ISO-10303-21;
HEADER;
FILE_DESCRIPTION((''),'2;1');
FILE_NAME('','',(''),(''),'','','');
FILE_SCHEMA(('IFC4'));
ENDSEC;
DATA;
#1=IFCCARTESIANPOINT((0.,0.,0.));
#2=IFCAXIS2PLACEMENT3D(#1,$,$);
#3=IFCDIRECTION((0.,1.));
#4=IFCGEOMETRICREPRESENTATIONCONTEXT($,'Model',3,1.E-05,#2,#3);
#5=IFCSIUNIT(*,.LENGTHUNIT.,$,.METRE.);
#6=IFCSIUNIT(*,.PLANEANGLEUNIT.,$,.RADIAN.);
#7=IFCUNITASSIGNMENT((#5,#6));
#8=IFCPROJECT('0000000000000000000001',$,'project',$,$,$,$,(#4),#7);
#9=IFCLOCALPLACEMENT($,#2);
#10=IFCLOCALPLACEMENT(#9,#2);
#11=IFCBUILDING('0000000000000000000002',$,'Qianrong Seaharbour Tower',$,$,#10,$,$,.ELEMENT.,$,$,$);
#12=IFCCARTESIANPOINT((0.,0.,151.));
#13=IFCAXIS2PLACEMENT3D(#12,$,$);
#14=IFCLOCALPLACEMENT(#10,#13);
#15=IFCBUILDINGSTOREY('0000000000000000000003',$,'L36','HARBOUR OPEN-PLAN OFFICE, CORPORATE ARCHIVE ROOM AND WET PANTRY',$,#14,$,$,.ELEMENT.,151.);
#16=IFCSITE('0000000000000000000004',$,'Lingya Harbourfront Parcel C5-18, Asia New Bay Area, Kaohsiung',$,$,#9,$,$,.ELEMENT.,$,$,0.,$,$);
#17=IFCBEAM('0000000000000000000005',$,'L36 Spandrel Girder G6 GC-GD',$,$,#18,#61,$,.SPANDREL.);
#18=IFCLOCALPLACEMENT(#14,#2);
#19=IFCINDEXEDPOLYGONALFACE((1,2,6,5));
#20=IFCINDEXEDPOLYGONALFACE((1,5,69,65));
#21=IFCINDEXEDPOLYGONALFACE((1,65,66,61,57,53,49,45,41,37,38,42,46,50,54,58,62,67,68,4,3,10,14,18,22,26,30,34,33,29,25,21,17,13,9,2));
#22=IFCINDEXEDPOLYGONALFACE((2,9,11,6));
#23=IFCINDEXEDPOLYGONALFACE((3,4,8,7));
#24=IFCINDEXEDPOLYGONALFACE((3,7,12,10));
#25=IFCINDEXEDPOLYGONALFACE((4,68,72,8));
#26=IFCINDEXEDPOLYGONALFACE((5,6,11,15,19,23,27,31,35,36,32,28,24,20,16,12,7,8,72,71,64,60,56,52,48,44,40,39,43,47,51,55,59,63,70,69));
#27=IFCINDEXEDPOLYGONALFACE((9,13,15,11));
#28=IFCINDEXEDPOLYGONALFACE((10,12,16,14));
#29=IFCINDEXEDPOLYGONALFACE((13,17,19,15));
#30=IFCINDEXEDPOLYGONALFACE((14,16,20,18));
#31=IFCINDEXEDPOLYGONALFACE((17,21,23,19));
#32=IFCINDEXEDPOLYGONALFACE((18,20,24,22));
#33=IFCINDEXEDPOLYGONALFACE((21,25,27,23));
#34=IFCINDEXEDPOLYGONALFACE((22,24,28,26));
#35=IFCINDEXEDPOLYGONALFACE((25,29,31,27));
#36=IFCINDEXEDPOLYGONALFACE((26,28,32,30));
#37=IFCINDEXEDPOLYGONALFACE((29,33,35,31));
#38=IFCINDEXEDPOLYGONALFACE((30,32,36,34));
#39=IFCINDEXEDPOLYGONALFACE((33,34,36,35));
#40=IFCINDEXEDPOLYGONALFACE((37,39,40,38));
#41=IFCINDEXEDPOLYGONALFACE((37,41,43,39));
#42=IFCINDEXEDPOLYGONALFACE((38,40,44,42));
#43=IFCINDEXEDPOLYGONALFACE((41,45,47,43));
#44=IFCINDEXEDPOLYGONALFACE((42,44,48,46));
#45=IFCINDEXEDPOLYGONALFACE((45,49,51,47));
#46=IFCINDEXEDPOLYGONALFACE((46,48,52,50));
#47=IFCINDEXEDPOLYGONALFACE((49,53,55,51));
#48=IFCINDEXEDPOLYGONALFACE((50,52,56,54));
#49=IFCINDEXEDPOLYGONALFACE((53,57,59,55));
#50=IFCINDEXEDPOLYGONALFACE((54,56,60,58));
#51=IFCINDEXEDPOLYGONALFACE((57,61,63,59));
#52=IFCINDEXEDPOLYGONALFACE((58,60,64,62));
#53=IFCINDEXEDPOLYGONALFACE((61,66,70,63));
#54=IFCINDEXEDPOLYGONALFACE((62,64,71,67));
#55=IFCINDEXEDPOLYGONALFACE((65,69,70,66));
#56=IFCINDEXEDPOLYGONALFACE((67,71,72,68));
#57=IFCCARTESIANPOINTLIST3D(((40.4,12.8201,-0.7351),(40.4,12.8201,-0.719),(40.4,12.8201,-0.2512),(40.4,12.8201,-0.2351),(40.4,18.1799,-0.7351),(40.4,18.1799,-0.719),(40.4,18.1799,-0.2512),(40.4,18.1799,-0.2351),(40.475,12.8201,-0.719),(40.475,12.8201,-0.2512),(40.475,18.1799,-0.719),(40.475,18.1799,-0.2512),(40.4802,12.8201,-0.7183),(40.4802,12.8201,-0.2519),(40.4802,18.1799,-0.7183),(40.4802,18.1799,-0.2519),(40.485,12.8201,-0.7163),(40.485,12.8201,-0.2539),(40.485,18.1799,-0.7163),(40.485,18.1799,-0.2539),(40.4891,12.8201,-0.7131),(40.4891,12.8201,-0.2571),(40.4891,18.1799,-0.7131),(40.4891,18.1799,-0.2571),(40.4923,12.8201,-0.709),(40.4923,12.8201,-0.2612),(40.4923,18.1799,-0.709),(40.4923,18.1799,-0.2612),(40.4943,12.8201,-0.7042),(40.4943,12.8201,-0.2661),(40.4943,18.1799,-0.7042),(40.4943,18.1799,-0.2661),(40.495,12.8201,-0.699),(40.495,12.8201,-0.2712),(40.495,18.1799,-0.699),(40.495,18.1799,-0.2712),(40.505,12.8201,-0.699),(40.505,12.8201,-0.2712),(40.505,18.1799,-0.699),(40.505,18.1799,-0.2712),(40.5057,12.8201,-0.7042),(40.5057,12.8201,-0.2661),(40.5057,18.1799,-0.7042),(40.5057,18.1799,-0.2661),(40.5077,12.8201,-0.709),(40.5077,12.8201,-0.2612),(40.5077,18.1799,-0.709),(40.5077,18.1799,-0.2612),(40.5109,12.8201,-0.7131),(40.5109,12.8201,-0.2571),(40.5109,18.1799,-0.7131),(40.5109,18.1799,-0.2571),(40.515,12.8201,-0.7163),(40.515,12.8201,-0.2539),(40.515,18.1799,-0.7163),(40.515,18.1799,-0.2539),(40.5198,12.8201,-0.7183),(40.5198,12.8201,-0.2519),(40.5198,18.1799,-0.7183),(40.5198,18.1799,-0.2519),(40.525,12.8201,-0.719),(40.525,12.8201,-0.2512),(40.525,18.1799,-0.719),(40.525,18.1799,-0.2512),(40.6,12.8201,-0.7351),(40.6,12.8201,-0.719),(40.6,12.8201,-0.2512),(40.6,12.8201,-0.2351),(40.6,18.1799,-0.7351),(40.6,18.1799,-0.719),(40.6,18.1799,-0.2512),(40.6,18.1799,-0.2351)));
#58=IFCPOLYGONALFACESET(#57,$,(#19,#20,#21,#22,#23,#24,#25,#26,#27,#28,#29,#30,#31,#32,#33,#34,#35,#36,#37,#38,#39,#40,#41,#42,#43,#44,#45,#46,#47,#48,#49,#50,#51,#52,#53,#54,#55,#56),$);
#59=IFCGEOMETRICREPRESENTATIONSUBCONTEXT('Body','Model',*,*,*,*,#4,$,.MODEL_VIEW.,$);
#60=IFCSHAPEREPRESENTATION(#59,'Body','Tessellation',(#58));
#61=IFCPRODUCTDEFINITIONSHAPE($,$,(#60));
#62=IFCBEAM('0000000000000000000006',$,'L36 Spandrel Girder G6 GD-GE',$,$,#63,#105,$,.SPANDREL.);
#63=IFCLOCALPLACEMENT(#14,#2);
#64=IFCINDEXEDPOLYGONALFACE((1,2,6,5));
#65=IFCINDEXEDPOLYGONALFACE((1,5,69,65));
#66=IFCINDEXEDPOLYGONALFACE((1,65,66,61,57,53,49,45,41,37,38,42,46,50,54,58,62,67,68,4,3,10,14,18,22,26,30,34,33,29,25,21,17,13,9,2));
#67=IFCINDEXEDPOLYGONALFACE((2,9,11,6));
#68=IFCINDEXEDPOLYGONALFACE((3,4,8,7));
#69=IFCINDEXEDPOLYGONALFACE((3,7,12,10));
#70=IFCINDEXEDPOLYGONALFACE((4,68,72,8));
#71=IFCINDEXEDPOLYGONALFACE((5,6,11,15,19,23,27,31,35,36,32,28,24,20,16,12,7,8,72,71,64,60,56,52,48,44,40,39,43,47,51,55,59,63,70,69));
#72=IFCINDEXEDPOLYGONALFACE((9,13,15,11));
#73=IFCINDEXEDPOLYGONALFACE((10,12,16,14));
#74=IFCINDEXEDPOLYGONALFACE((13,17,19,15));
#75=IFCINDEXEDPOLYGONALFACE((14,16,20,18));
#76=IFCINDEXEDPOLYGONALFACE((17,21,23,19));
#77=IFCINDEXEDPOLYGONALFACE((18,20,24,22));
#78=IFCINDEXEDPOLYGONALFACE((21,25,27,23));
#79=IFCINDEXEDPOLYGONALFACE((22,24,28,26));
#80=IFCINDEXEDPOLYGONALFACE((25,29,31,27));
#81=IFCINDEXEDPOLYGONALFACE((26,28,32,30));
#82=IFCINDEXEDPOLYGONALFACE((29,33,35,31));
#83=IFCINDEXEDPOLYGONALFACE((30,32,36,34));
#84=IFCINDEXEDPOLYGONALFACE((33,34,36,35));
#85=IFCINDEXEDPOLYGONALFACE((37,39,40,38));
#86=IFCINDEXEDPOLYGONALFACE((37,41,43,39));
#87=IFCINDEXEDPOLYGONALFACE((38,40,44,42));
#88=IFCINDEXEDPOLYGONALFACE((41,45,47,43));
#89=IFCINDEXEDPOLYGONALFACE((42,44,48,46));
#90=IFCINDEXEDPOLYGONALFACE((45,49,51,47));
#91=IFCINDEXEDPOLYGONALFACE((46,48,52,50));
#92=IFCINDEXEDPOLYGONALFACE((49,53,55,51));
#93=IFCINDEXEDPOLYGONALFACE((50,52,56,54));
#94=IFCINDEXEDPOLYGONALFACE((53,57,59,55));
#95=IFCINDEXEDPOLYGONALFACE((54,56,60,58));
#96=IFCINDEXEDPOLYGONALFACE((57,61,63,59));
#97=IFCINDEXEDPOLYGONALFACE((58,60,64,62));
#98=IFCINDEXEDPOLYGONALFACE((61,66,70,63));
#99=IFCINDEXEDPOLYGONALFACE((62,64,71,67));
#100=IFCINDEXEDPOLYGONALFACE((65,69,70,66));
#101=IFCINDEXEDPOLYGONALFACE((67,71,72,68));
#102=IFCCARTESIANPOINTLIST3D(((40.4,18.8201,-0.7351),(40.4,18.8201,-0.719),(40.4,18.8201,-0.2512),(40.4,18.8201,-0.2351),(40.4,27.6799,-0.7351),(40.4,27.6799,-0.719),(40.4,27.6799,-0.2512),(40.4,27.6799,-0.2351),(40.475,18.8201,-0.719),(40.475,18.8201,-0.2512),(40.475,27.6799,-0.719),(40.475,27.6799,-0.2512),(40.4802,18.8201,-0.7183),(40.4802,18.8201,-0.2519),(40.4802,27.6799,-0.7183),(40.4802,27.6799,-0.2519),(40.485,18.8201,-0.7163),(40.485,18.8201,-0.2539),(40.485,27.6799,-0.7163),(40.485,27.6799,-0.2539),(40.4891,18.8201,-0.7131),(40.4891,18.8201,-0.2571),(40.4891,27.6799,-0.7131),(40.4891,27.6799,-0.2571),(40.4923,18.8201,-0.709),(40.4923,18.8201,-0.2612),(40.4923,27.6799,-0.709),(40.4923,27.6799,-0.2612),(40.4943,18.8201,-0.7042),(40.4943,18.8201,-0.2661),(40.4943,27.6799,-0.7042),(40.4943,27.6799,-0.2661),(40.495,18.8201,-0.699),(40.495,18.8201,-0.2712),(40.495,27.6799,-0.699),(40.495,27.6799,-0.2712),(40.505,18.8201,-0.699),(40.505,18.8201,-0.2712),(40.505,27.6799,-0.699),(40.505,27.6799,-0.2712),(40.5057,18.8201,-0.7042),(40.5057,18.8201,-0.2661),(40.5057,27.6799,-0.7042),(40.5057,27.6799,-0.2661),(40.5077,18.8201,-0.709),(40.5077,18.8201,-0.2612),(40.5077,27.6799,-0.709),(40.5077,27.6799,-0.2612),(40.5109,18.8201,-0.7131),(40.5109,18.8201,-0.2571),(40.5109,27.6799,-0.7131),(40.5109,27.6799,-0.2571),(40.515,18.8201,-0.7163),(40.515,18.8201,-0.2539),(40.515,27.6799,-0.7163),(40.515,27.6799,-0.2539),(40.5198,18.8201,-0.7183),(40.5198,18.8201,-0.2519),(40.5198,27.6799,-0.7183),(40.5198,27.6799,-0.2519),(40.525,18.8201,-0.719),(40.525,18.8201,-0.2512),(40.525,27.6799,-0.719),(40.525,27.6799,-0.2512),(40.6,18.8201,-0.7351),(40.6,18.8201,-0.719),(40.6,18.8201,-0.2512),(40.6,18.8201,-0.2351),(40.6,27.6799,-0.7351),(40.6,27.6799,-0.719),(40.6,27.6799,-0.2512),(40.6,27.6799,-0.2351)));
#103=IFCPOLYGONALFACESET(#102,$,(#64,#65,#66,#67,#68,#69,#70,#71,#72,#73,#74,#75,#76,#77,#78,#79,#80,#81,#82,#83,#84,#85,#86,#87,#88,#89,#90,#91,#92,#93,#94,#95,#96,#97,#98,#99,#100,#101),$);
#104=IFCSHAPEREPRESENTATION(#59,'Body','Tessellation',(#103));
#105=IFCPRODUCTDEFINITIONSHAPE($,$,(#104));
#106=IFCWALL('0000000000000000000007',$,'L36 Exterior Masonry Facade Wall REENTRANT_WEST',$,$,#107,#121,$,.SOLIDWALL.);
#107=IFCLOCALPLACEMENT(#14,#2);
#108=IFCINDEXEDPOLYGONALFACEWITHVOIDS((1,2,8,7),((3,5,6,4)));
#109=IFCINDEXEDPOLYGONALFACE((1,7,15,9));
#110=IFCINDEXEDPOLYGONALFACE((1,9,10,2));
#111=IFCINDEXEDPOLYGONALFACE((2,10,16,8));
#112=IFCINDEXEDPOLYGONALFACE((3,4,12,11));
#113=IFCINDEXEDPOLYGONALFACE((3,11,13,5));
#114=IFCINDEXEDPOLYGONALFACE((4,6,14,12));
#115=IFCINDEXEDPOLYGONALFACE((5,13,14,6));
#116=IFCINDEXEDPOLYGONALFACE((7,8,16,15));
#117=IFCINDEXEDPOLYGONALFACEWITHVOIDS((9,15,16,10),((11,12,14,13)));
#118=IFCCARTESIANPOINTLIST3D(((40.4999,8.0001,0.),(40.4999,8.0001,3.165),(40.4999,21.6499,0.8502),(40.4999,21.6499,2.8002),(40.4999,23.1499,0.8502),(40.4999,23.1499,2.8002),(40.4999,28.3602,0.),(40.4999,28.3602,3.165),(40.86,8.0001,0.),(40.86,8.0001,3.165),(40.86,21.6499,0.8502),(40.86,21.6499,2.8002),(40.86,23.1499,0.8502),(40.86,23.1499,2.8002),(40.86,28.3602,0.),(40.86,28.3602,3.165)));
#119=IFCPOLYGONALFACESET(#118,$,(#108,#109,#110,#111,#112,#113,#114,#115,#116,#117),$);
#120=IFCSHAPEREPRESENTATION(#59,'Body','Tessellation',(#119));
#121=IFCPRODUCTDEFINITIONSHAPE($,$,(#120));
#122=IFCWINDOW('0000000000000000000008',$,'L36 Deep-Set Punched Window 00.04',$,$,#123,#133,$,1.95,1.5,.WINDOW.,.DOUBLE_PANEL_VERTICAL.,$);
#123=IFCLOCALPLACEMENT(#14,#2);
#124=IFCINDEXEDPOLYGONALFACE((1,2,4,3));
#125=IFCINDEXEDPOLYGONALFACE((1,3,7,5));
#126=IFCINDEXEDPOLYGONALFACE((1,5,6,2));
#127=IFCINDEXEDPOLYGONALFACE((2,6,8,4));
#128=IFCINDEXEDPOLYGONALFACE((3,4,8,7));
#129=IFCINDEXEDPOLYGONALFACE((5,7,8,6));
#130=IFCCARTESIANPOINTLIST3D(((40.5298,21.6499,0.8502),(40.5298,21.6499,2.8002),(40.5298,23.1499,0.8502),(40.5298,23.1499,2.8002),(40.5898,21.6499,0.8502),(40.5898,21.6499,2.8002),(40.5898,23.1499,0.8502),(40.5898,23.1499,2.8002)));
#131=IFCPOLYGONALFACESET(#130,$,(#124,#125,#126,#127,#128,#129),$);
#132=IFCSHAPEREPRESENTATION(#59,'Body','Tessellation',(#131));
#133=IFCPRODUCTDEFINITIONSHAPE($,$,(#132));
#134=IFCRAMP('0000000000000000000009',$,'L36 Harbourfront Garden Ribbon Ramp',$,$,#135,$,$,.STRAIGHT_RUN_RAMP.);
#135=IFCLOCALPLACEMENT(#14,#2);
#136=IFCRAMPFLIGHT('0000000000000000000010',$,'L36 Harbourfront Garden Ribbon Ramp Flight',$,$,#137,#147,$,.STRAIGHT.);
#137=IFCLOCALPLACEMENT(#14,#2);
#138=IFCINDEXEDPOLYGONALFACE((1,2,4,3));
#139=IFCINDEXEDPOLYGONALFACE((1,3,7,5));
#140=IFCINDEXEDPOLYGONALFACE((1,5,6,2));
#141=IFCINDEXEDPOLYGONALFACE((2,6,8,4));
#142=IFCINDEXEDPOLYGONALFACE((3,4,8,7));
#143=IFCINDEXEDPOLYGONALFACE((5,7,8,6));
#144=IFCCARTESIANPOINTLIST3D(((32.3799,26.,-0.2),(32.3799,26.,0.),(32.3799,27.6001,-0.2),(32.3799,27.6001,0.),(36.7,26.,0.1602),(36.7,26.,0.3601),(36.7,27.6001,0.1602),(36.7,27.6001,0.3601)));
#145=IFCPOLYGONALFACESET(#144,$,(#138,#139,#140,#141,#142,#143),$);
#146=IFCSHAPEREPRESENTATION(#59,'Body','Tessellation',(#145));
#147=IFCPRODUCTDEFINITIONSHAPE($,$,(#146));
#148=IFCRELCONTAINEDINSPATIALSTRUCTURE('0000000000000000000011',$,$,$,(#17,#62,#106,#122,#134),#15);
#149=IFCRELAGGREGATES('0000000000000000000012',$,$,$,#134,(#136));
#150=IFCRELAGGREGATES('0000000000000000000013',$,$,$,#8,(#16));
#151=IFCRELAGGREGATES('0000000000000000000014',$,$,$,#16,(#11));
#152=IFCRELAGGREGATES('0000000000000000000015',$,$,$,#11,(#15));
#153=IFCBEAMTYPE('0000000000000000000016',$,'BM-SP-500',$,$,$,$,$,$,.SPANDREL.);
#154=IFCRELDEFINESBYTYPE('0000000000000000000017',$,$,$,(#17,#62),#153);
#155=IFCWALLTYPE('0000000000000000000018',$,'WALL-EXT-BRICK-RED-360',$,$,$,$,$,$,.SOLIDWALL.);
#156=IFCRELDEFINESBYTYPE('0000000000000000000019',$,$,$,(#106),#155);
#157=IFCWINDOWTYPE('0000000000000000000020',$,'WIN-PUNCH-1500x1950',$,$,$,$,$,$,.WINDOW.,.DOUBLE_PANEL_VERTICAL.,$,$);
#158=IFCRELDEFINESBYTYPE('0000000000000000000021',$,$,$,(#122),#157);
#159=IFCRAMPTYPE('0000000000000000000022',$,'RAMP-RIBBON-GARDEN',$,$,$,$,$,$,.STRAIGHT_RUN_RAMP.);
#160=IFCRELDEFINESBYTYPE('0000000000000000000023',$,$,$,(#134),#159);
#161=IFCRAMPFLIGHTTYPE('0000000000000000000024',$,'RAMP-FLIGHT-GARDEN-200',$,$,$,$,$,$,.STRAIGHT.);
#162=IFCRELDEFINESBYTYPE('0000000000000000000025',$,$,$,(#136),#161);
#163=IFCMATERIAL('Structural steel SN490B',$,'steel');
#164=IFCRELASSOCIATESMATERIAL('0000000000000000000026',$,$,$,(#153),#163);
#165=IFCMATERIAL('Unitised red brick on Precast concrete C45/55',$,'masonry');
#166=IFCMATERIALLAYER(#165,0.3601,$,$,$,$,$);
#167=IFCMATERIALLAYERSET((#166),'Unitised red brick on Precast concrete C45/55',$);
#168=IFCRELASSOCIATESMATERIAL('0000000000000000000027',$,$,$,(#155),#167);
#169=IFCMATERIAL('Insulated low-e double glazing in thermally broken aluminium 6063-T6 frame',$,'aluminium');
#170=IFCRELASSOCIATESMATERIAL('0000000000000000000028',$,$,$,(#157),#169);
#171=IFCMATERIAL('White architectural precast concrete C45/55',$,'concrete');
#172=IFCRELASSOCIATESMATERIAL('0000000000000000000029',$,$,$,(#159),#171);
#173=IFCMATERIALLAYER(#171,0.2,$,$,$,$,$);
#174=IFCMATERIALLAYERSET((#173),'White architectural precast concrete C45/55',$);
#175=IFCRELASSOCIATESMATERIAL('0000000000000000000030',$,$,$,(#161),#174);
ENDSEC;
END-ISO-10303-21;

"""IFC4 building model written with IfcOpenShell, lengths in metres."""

from ifc_helpers import new_model, si_unit, direction, frame, frame_2d, origin, origin_2d, place, context, subcontext, project, spatial, polyline, rectangle, i_section, outline, extrude, material, layer, layer_set, material_profile, profile_set, type_object, element, fill, aggregate, save


model = new_model("IFC4")

# Units and contexts
model_context = context("Model", 3, precision=1e-05, world=origin(), true_north=direction((0.0, 1.0)))
body_context = subcontext(model_context, "Body", "Model", "MODEL_VIEW")
ifc_project = project(units=[si_unit("LENGTHUNIT", "METRE"), si_unit("PLANEANGLEUNIT", "RADIAN")], contexts=[model_context])

# Site, building, storey
site_placement = place(None, origin())
site = spatial("IfcSite", under=ifc_project, at=site_placement, Name="Lingya Harbourfront Parcel C5-18, Asia New Bay Area, Kaohsiung", CompositionType="ELEMENT", RefElevation=0.0)
building_placement = place(site_placement, origin())
building = spatial("IfcBuilding", under=site, at=building_placement, Name="Qianrong Seaharbour Tower", CompositionType="ELEMENT")
storey_placement = place(building_placement, frame((0.0, 0.0, 151.0)))
storey = spatial("IfcBuildingStorey", under=building, at=storey_placement, Name="L36", Description="HARBOUR OPEN-PLAN OFFICE, CORPORATE ARCHIVE ROOM AND WET PANTRY", CompositionType="ELEMENT", Elevation=151.0)

# Shared definitions
ifc_material_1 = material(Name="Structural steel SN490B", Category="steel")

# Beams
ifc_material_profile_1 = material_profile(ifc_material_1, i_section(OverallWidth=0.2, OverallDepth=0.5, WebThickness=0.01, FlangeThickness=0.0161, FilletRadius=0.02, at=origin_2d()), Name="H500x200x10x16")
ifc_profile_set_1 = profile_set([ifc_material_profile_1], Name="Structural steel SN490B")
beam_type_1 = type_object("IfcBeamType", Name="BM-SP-500", PredefinedType="SPANDREL", material=ifc_profile_set_1)
beam_1_placement = place(storey_placement, frame((40.5, 12.8201, -0.4851), z_axis=(0.0, 1.0, 0.0), x_axis=(-1.0, 0.0, 0.0)))
element("IfcBeam", 1, at=beam_1_placement, inside=storey, type_object=beam_type_1, Name="L36 Spandrel Girder G6 GC-GD", PredefinedType="SPANDREL", context=body_context, shape_type="SweptSolid", body=[
    extrude(i_section(OverallWidth=0.2, OverallDepth=0.5, WebThickness=0.01, FlangeThickness=0.0161, FilletRadius=0.02, at=origin_2d()), origin(), (0.0, 0.0, 1.0), 5.3599),
])
beam_2_placement = place(storey_placement, frame((40.5, 18.8201, -0.4851), z_axis=(0.0, 1.0, 0.0), x_axis=(-1.0, 0.0, 0.0)))
element("IfcBeam", 2, at=beam_2_placement, inside=storey, type_object=beam_type_1, Name="L36 Spandrel Girder G6 GD-GE", PredefinedType="SPANDREL", context=body_context, shape_type="SweptSolid", body=[
    extrude(i_section(OverallWidth=0.2, OverallDepth=0.5, WebThickness=0.01, FlangeThickness=0.0161, FilletRadius=0.02, at=origin_2d()), origin(), (0.0, 0.0, 1.0), 8.8599),
])

# Wall, opening, window
ifc_material_2 = material(Name="Unitised red brick on Precast concrete C45/55", Category="masonry")
ifc_layer_1 = layer(ifc_material_2, 0.3601)
ifc_layer_set_1 = layer_set([ifc_layer_1], Name="Unitised red brick on Precast concrete C45/55")
wall_type = type_object("IfcWallType", Name="WALL-EXT-BRICK-RED-360", PredefinedType="SOLIDWALL", material=ifc_layer_set_1)
wall_placement = place(storey_placement, frame((40.6799, 8.0, 0.0), z_axis=(0.0, 0.0, 1.0), x_axis=(0.0, 1.0, 0.0)))
wall = element("IfcWall", 3, at=wall_placement, inside=storey, type_object=wall_type, Name="L36 Exterior Masonry Facade Wall REENTRANT_WEST", PredefinedType="SOLIDWALL", context=body_context, shape_type="SweptSolid", body=[
    extrude(rectangle(XDim=20.3601, YDim=0.3601, at=frame_2d((10.1802, 0.0))), origin(), (0.0, 0.0, 1.0), 3.165),
])
opening_placement = place(wall_placement, frame((13.6499, 0.0, 0.8501)))
opening = element("IfcOpeningElement", 4, at=opening_placement, cuts=wall, PredefinedType="OPENING", context=body_context, shape_type="SweptSolid", body=[
    extrude(rectangle(XDim=1.5, YDim=1.95, at=frame_2d((0.75, 0.9751))), frame((0.0, 0.1899, 0.0), z_axis=(0.0, -1.0, 0.0), x_axis=(1.0, 0.0, 0.0)), (0.0, 0.0, 1.0), 0.3801),
])
ifc_material_3 = material(Name="Insulated low-e double glazing in thermally broken aluminium 6063-T6 frame", Category="aluminium")
window_type = type_object("IfcWindowType", Name="WIN-PUNCH-1500x1950", PartitioningType="DOUBLE_PANEL_VERTICAL", PredefinedType="WINDOW", material=ifc_material_3)
window_placement = place(opening_placement, origin())
window = element("IfcWindow", 5, at=window_placement, inside=storey, type_object=window_type, Name="L36 Deep-Set Punched Window 00.04", OverallHeight=1.95, OverallWidth=1.5, PartitioningType="DOUBLE_PANEL_VERTICAL", PredefinedType="WINDOW", context=body_context, shape_type="SweptSolid", body=[
    extrude(rectangle(XDim=1.5, YDim=1.95, at=frame_2d((0.75, 0.9751))), frame((0.0, 0.1501, 0.0), z_axis=(0.0, -1.0, 0.0), x_axis=(1.0, 0.0, 0.0)), (0.0, 0.0, 1.0), 0.0601),
])
fill(opening, window)

# Ramp, ramp flight
ifc_material_4 = material(Name="White architectural precast concrete C45/55", Category="concrete")
ramp_type = type_object("IfcRampType", Name="RAMP-RIBBON-GARDEN", PredefinedType="STRAIGHT_RUN_RAMP", material=ifc_material_4)
ramp_placement = place(storey_placement, origin())
ramp = element("IfcRamp", 6, at=ramp_placement, inside=storey, type_object=ramp_type, Name="L36 Harbourfront Garden Ribbon Ramp", PredefinedType="STRAIGHT_RUN_RAMP")
ifc_layer_2 = layer(ifc_material_4, 0.2)
ifc_layer_set_2 = layer_set([ifc_layer_2], Name="White architectural precast concrete C45/55")
ramp_flight_type = type_object("IfcRampFlightType", Name="RAMP-FLIGHT-GARDEN-200", PredefinedType="STRAIGHT", material=ifc_layer_set_2)
ramp_flight_placement = place(storey_placement, frame((32.3799, 26.8, 0.0), z_axis=(0.0, 0.0, 1.0), x_axis=(1.0, 0.0, 0.0)))
ramp_flight = element("IfcRampFlight", 7, at=ramp_flight_placement, type_object=ramp_flight_type, Name="L36 Harbourfront Garden Ribbon Ramp Flight", PredefinedType="STRAIGHT", context=body_context, shape_type="SweptSolid", body=[
    extrude(outline(polyline([(0.0, 0.0), (4.3201, 0.3601), (4.3201, 0.1602), (0.0, -0.2), (0.0, 0.0)])), frame((0.0, 0.8, 0.0), z_axis=(0.0, -1.0, 0.0), x_axis=(1.0, 0.0, 0.0)), (0.0, 0.0, 1.0), 1.6001),
])
aggregate(ramp, [ramp_flight])

save(model, "model.ifc")
